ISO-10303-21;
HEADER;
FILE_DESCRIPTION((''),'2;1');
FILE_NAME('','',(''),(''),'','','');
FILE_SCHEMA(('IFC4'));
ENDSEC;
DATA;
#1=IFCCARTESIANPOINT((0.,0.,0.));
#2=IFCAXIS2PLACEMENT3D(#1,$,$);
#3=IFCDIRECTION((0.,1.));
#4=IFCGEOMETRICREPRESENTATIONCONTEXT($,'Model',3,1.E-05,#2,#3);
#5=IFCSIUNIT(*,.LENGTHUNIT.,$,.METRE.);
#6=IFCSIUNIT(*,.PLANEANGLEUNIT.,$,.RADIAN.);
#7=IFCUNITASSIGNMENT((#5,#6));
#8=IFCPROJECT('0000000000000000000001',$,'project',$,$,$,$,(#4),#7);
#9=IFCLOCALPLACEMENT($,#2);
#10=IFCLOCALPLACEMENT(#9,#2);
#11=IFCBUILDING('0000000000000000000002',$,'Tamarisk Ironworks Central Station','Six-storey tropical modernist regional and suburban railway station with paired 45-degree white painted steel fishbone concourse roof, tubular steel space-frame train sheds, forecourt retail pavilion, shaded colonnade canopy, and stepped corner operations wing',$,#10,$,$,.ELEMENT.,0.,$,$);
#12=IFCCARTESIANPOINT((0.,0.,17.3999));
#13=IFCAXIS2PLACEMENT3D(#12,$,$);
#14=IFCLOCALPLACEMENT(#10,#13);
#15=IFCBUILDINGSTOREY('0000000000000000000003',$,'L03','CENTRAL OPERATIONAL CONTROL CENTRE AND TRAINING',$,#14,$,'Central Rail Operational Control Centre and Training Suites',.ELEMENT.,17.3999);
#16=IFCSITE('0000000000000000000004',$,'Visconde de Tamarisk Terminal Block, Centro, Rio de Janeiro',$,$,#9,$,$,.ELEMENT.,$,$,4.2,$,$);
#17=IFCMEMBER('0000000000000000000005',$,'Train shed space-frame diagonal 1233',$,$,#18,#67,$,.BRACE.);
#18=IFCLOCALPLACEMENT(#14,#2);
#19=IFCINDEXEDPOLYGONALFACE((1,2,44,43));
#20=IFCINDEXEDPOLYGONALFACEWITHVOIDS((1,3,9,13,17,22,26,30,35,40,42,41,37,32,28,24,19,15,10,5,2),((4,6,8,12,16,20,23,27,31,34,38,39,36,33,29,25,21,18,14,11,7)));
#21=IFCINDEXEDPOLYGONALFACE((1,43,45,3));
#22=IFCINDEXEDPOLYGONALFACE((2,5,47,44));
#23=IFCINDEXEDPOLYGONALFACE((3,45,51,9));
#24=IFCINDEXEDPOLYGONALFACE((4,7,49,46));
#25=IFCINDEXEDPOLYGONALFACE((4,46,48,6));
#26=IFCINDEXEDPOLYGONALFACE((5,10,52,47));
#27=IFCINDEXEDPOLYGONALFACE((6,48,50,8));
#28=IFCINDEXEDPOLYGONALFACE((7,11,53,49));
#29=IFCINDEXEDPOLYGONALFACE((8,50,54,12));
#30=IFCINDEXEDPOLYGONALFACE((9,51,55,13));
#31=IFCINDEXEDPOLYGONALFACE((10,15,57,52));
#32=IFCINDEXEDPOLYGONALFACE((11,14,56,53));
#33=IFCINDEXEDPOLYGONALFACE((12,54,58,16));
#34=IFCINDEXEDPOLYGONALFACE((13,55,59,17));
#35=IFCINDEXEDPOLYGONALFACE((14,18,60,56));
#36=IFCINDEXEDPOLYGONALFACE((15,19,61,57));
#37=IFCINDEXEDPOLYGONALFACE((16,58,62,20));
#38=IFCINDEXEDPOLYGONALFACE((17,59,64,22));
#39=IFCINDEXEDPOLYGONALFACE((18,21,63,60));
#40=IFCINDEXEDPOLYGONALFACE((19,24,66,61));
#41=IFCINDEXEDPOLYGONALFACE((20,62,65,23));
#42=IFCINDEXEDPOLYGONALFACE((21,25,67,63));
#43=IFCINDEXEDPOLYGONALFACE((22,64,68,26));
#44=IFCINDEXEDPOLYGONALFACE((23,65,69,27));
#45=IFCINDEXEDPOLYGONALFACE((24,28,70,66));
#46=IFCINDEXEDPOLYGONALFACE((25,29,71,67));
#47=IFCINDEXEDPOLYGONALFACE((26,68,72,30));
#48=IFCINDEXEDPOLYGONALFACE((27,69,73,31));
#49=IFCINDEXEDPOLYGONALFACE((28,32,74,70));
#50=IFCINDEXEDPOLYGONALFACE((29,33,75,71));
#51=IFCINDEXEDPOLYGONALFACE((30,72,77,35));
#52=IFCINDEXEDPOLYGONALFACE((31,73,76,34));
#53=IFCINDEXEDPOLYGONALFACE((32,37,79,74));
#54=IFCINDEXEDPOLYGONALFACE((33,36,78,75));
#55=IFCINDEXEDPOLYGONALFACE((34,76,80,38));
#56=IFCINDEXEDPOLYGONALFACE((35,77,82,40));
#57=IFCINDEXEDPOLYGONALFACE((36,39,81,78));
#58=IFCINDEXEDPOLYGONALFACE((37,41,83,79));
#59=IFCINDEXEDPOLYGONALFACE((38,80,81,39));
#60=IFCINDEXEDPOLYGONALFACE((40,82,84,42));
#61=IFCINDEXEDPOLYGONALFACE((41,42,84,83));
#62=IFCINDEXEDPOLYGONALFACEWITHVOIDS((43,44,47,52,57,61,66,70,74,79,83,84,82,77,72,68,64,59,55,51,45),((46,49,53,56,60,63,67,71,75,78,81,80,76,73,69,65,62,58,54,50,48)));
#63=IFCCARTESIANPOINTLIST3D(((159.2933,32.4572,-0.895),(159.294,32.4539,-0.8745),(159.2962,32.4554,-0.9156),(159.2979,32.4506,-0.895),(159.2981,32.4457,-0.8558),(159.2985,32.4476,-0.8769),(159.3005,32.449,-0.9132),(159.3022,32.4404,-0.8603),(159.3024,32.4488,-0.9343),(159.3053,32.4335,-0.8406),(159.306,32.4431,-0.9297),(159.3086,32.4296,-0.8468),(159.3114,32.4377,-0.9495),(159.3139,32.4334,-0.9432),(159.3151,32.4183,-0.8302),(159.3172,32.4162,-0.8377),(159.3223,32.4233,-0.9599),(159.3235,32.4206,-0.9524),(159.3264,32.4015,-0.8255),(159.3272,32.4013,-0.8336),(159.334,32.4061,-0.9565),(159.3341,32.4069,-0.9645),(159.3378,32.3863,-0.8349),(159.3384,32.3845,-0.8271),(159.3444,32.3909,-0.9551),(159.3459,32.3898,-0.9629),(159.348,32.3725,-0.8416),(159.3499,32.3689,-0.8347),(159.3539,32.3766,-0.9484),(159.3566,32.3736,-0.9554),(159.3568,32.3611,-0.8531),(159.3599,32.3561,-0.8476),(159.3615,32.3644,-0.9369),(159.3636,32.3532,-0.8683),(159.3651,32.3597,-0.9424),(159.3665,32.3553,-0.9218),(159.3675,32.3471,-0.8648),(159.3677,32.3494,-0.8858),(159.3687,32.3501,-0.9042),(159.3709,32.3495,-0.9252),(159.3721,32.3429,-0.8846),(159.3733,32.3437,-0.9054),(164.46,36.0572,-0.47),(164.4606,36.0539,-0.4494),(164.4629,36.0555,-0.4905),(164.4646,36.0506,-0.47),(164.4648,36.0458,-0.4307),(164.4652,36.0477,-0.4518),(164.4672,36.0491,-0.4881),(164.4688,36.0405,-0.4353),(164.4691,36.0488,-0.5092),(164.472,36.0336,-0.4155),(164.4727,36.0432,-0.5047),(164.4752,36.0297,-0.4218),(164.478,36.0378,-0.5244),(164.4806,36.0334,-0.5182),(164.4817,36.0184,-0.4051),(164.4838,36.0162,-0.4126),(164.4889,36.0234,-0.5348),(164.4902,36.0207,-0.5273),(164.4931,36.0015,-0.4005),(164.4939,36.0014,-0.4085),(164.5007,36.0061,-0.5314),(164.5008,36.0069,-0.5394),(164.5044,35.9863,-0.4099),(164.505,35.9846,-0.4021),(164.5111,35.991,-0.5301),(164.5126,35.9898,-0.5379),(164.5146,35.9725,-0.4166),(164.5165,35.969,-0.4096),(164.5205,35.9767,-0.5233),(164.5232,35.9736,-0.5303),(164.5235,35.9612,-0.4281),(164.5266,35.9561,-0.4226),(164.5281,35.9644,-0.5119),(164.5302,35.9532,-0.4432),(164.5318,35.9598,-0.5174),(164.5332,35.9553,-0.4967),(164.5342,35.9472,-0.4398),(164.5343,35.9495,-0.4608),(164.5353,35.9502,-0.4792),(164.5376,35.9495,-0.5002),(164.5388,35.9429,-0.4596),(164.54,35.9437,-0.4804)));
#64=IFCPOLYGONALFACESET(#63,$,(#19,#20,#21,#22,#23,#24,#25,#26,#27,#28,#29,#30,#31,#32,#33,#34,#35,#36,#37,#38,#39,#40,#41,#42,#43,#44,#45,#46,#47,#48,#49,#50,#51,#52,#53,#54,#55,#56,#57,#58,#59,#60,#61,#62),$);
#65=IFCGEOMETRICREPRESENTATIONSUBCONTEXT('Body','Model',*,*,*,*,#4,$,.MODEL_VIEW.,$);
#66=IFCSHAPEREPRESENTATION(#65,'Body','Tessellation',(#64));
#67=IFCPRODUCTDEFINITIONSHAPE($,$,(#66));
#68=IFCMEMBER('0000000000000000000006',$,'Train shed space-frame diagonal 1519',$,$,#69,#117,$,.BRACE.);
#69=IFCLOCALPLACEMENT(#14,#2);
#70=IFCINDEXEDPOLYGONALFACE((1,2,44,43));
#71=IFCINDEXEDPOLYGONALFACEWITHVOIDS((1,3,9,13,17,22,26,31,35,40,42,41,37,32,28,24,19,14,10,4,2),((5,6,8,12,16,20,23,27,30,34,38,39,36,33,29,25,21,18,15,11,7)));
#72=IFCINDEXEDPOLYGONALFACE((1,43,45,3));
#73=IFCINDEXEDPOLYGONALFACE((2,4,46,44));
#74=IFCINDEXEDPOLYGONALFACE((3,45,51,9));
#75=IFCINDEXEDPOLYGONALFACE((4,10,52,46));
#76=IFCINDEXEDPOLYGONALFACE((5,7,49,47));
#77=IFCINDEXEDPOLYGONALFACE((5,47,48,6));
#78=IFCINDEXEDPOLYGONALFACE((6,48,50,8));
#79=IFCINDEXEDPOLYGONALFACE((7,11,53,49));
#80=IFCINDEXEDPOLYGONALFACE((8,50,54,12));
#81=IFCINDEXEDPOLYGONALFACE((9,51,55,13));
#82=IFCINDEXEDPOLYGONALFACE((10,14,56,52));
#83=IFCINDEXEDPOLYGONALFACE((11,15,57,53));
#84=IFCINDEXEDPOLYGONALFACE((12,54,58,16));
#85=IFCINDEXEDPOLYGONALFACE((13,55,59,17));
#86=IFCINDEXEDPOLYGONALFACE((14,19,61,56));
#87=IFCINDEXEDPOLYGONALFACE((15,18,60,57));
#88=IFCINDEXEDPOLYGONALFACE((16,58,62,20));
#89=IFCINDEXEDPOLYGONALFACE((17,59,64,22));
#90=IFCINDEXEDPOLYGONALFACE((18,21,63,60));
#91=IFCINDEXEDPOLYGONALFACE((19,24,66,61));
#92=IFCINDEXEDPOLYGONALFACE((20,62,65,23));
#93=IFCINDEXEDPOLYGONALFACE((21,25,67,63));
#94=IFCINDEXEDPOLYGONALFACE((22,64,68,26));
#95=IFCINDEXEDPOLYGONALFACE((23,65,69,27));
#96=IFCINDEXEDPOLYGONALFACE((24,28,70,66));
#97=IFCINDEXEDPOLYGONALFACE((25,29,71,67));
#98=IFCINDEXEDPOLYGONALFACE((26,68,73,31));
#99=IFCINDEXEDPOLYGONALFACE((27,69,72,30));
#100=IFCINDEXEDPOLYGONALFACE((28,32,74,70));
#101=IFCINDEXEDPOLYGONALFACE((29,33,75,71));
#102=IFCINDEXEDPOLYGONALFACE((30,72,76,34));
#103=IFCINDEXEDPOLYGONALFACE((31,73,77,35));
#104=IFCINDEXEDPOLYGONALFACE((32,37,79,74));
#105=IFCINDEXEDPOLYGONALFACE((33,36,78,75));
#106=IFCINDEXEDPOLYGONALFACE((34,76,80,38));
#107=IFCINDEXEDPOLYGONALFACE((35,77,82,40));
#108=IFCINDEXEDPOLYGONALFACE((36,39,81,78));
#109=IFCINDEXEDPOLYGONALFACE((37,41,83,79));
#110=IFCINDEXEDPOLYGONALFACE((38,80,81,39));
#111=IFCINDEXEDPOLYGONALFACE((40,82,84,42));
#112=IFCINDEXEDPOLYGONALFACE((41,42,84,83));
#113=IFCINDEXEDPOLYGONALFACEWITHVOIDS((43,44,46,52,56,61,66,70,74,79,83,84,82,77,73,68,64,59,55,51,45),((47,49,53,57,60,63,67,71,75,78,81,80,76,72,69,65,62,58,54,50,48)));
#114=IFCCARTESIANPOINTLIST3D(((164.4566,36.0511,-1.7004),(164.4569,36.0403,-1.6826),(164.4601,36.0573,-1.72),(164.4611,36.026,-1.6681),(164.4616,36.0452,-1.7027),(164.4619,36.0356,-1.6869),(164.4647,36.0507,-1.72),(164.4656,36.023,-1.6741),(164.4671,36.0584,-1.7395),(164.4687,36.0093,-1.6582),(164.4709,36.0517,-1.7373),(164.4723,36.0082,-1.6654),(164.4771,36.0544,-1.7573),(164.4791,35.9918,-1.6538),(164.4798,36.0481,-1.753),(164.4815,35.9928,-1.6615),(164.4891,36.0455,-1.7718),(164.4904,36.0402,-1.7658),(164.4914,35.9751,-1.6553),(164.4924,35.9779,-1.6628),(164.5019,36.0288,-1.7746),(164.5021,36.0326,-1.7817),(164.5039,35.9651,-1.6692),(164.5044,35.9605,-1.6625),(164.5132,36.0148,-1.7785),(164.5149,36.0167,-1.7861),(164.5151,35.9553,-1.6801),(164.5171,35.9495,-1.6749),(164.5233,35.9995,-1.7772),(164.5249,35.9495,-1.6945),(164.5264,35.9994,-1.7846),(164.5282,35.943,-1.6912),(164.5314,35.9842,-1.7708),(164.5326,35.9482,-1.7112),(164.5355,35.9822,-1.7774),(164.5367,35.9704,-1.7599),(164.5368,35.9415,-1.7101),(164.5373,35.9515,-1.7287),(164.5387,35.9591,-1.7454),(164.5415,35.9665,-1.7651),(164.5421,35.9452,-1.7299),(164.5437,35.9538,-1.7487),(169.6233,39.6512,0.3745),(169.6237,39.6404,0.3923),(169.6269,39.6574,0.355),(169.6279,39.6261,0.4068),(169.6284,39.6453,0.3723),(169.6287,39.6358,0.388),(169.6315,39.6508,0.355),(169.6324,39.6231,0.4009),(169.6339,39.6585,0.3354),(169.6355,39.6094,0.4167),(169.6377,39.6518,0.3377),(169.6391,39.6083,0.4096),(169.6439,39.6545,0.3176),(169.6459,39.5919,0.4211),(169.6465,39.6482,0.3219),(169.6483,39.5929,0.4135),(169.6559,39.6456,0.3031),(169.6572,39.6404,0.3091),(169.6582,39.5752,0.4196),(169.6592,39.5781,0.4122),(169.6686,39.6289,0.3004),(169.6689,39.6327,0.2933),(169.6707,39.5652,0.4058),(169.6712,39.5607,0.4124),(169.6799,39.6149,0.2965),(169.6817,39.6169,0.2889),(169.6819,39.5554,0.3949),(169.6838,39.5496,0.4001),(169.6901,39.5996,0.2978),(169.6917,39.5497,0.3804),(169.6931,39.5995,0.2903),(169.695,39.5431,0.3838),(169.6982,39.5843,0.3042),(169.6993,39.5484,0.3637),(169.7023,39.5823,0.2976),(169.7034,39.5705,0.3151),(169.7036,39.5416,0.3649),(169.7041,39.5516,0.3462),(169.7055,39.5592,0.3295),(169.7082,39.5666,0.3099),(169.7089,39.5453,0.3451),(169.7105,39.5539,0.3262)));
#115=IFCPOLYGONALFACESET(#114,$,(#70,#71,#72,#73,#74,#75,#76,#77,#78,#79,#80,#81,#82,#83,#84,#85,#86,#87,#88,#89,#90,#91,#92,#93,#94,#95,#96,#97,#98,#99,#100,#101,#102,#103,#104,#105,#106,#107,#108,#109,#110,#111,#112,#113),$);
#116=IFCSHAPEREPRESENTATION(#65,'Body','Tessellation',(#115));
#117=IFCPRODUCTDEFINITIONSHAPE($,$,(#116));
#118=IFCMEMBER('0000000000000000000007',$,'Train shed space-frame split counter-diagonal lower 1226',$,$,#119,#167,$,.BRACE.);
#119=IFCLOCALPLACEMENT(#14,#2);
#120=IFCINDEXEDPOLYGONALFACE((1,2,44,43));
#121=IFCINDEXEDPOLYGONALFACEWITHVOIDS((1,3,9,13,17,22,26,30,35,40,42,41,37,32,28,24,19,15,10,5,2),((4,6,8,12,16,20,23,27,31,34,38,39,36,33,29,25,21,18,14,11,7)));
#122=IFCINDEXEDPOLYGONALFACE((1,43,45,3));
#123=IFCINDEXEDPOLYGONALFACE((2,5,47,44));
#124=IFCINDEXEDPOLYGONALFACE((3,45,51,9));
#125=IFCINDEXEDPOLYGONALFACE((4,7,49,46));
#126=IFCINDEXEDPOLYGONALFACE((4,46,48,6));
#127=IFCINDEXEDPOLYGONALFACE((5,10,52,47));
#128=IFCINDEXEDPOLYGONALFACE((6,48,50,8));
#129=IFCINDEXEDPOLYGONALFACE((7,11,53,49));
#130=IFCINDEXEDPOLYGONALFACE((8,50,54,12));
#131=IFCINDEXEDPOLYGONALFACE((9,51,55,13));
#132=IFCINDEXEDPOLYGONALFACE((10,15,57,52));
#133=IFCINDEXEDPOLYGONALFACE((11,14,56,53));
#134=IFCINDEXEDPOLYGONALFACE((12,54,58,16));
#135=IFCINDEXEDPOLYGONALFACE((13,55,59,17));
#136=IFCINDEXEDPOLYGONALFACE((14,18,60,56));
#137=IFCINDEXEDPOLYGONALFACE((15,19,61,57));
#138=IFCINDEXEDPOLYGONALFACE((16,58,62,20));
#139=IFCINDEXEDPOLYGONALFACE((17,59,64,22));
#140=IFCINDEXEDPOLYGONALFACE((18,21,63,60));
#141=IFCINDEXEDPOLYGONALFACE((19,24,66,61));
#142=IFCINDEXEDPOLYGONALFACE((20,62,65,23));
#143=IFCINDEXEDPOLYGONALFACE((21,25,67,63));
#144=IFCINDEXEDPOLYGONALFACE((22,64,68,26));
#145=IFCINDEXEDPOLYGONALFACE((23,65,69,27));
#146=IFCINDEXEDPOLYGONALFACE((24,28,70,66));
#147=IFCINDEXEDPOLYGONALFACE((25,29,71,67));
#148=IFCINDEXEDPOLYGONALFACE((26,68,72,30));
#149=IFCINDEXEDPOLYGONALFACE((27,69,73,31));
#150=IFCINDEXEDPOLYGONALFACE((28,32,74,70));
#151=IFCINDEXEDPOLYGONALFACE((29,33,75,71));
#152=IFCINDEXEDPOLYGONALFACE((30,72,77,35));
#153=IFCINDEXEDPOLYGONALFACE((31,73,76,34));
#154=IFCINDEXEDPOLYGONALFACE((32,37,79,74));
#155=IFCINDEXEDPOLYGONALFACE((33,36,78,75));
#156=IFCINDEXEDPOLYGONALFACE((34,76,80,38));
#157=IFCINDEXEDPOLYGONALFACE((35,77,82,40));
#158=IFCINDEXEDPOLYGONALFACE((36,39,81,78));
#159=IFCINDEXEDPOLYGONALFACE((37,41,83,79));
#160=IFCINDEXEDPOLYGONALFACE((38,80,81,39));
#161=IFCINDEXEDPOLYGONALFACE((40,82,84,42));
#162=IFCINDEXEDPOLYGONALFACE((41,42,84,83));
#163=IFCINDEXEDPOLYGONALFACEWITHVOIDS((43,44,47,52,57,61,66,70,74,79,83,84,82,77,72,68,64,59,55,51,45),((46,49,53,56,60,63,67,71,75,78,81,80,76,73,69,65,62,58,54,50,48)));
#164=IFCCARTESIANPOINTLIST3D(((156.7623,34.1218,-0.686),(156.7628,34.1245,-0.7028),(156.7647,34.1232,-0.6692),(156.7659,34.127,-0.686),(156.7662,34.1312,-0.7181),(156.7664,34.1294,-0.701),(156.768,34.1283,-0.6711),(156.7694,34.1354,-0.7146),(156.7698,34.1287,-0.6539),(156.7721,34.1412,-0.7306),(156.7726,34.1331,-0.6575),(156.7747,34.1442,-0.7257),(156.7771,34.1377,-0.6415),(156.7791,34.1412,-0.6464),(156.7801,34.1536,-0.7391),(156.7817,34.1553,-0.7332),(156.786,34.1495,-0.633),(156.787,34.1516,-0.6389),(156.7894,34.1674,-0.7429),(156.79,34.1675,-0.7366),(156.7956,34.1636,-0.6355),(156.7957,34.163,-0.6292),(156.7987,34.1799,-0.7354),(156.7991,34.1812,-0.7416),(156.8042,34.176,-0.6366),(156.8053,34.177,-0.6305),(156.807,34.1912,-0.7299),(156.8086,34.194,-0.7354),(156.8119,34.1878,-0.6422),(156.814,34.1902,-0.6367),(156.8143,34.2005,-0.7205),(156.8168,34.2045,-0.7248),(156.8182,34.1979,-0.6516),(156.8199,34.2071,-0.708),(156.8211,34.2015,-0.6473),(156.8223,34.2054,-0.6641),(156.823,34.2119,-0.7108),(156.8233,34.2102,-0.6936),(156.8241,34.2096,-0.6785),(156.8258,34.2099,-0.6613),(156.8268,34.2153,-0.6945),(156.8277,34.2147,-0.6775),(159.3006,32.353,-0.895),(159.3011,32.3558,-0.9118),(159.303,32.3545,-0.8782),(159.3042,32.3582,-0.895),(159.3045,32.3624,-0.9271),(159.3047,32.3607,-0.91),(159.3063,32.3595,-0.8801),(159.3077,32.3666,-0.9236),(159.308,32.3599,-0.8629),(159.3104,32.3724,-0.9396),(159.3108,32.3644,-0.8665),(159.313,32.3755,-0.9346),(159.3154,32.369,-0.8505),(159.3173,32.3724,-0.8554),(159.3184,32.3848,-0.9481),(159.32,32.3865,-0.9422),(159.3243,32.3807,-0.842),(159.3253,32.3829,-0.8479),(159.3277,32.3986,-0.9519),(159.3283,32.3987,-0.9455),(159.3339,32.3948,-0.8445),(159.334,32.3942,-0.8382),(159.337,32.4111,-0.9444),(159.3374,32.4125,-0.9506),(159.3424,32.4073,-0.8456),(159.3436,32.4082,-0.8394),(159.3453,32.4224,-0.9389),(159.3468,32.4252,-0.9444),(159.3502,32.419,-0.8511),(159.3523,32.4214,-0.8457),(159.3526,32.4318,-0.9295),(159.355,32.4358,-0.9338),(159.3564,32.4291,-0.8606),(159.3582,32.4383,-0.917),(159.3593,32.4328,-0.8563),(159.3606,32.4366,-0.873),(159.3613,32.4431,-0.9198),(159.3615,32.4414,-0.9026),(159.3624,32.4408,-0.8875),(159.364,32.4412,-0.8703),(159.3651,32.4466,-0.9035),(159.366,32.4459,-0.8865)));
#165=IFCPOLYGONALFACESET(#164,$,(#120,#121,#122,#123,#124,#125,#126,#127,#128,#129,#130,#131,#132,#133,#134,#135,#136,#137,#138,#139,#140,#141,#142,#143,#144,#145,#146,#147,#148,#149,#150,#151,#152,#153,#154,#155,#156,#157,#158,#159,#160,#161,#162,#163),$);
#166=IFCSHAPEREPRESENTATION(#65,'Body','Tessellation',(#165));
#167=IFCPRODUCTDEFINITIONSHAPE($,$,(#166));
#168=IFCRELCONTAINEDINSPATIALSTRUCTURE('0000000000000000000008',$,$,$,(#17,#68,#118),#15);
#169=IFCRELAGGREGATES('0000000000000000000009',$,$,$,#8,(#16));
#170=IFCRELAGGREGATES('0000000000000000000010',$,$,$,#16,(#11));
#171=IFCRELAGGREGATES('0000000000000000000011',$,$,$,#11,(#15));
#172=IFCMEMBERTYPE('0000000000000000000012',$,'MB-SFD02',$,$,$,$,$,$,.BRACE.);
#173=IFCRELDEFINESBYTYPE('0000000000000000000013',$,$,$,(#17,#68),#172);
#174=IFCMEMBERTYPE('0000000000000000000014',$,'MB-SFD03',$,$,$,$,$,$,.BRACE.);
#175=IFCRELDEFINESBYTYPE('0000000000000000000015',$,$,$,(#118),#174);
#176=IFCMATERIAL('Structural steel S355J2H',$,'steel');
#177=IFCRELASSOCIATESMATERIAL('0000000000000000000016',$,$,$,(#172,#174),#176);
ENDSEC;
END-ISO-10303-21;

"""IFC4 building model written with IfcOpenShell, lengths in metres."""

from ifc_helpers import new_model, si_unit, direction, frame, origin, origin_2d, place, context, subcontext, project, spatial, hollow_circle, extrude, material, material_profile, profile_set, type_object, element, save


model = new_model("IFC4")

# Units and contexts
model_context = context("Model", 3, precision=1e-05, world=origin(), true_north=direction((0.0, 1.0)))
body_context = subcontext(model_context, "Body", "Model", "MODEL_VIEW")
ifc_project = project(units=[si_unit("LENGTHUNIT", "METRE"), si_unit("PLANEANGLEUNIT", "RADIAN")], contexts=[model_context])

# Site, building, storey
site_placement = place(None, origin())
site = spatial("IfcSite", under=ifc_project, at=site_placement, Name="Visconde de Tamarisk Terminal Block, Centro, Rio de Janeiro", CompositionType="ELEMENT", RefElevation=4.2)
building_placement = place(site_placement, origin())
building = spatial("IfcBuilding", under=site, at=building_placement, Name="Tamarisk Ironworks Central Station", Description="Six-storey tropical modernist regional and suburban railway station with paired 45-degree white painted steel fishbone concourse roof, tubular steel space-frame train sheds, forecourt retail pavilion, shaded colonnade canopy, and stepped corner operations wing", CompositionType="ELEMENT", ElevationOfRefHeight=0.0)
storey_placement = place(building_placement, frame((0.0, 0.0, 17.3999)))
storey = spatial("IfcBuildingStorey", under=building, at=storey_placement, Name="L03", Description="CENTRAL OPERATIONAL CONTROL CENTRE AND TRAINING", LongName="Central Rail Operational Control Centre and Training Suites", CompositionType="ELEMENT", Elevation=17.3999)

# Members
ifc_material_1 = material(Name="Structural steel S355J2H", Category="steel")
ifc_material_profile_1 = material_profile(ifc_material_1, hollow_circle(Radius=0.0698, WallThickness=0.0081, at=origin_2d()), Name="CHS 139.7x8")
ifc_profile_set_1 = profile_set([ifc_material_profile_1], Name="Structural steel S355J2H")
member_type_1 = type_object("IfcMemberType", Name="MB-SFD02", PredefinedType="BRACE", material=ifc_profile_set_1)
member_1_placement = place(storey_placement, frame((159.3333, 32.3999, -0.895), z_axis=(0.818608, 0.570391, 0.067344), x_axis=(-0.571689, 0.82047, 0.0)))
element("IfcMember", 1, at=member_1_placement, inside=storey, type_object=member_type_1, Name="Train shed space-frame diagonal 1233", PredefinedType="BRACE", context=body_context, shape_type="SweptSolid", body=[
    extrude(hollow_circle(Radius=0.0698, WallThickness=0.0081, at=origin_2d()), origin(), (0.0, 0.0, 1.0), 6.3115),
])
member_2_placement = place(storey_placement, frame((164.5, 36.0, -1.72), z_axis=(0.779258, 0.542973, 0.312948), x_axis=(-0.571689, 0.82047, 0.0)))
element("IfcMember", 2, at=member_2_placement, inside=storey, type_object=member_type_1, Name="Train shed space-frame diagonal 1519", PredefinedType="BRACE", context=body_context, shape_type="SweptSolid", body=[
    extrude(hollow_circle(Radius=0.0698, WallThickness=0.0081, at=origin_2d()), origin(), (0.0, 0.0, 1.0), 6.6304),
])
ifc_material_profile_2 = material_profile(ifc_material_1, hollow_circle(Radius=0.0571, WallThickness=0.0063, at=origin_2d()), Name="CHS 114.3x6.3")
ifc_profile_set_2 = profile_set([ifc_material_profile_2], Name="Structural steel S355J2H")
member_type_2 = type_object("IfcMemberType", Name="MB-SFD03", PredefinedType="BRACE", material=ifc_profile_set_2)
for number, where, z_axis, x_axis, name in (
    (3, (159.3333, 32.3999, -0.895), (-0.818584, 0.570419, 0.067395), (-0.571719, -0.82045, 0.0), "Train shed space-frame split counter-diagonal lower 1226"),
):
    element("IfcMember", number, at=place(storey_placement, frame(where, z_axis=z_axis, x_axis=x_axis)), inside=storey, type_object=member_type_2, Name=name, PredefinedType="BRACE", context=body_context, shape_type="SweptSolid", body=[
        extrude(hollow_circle(Radius=0.0571, WallThickness=0.0063, at=origin_2d()), origin(), (0.0, 0.0, 1.0), 3.1008),
    ])

save(model, "model.ifc")
